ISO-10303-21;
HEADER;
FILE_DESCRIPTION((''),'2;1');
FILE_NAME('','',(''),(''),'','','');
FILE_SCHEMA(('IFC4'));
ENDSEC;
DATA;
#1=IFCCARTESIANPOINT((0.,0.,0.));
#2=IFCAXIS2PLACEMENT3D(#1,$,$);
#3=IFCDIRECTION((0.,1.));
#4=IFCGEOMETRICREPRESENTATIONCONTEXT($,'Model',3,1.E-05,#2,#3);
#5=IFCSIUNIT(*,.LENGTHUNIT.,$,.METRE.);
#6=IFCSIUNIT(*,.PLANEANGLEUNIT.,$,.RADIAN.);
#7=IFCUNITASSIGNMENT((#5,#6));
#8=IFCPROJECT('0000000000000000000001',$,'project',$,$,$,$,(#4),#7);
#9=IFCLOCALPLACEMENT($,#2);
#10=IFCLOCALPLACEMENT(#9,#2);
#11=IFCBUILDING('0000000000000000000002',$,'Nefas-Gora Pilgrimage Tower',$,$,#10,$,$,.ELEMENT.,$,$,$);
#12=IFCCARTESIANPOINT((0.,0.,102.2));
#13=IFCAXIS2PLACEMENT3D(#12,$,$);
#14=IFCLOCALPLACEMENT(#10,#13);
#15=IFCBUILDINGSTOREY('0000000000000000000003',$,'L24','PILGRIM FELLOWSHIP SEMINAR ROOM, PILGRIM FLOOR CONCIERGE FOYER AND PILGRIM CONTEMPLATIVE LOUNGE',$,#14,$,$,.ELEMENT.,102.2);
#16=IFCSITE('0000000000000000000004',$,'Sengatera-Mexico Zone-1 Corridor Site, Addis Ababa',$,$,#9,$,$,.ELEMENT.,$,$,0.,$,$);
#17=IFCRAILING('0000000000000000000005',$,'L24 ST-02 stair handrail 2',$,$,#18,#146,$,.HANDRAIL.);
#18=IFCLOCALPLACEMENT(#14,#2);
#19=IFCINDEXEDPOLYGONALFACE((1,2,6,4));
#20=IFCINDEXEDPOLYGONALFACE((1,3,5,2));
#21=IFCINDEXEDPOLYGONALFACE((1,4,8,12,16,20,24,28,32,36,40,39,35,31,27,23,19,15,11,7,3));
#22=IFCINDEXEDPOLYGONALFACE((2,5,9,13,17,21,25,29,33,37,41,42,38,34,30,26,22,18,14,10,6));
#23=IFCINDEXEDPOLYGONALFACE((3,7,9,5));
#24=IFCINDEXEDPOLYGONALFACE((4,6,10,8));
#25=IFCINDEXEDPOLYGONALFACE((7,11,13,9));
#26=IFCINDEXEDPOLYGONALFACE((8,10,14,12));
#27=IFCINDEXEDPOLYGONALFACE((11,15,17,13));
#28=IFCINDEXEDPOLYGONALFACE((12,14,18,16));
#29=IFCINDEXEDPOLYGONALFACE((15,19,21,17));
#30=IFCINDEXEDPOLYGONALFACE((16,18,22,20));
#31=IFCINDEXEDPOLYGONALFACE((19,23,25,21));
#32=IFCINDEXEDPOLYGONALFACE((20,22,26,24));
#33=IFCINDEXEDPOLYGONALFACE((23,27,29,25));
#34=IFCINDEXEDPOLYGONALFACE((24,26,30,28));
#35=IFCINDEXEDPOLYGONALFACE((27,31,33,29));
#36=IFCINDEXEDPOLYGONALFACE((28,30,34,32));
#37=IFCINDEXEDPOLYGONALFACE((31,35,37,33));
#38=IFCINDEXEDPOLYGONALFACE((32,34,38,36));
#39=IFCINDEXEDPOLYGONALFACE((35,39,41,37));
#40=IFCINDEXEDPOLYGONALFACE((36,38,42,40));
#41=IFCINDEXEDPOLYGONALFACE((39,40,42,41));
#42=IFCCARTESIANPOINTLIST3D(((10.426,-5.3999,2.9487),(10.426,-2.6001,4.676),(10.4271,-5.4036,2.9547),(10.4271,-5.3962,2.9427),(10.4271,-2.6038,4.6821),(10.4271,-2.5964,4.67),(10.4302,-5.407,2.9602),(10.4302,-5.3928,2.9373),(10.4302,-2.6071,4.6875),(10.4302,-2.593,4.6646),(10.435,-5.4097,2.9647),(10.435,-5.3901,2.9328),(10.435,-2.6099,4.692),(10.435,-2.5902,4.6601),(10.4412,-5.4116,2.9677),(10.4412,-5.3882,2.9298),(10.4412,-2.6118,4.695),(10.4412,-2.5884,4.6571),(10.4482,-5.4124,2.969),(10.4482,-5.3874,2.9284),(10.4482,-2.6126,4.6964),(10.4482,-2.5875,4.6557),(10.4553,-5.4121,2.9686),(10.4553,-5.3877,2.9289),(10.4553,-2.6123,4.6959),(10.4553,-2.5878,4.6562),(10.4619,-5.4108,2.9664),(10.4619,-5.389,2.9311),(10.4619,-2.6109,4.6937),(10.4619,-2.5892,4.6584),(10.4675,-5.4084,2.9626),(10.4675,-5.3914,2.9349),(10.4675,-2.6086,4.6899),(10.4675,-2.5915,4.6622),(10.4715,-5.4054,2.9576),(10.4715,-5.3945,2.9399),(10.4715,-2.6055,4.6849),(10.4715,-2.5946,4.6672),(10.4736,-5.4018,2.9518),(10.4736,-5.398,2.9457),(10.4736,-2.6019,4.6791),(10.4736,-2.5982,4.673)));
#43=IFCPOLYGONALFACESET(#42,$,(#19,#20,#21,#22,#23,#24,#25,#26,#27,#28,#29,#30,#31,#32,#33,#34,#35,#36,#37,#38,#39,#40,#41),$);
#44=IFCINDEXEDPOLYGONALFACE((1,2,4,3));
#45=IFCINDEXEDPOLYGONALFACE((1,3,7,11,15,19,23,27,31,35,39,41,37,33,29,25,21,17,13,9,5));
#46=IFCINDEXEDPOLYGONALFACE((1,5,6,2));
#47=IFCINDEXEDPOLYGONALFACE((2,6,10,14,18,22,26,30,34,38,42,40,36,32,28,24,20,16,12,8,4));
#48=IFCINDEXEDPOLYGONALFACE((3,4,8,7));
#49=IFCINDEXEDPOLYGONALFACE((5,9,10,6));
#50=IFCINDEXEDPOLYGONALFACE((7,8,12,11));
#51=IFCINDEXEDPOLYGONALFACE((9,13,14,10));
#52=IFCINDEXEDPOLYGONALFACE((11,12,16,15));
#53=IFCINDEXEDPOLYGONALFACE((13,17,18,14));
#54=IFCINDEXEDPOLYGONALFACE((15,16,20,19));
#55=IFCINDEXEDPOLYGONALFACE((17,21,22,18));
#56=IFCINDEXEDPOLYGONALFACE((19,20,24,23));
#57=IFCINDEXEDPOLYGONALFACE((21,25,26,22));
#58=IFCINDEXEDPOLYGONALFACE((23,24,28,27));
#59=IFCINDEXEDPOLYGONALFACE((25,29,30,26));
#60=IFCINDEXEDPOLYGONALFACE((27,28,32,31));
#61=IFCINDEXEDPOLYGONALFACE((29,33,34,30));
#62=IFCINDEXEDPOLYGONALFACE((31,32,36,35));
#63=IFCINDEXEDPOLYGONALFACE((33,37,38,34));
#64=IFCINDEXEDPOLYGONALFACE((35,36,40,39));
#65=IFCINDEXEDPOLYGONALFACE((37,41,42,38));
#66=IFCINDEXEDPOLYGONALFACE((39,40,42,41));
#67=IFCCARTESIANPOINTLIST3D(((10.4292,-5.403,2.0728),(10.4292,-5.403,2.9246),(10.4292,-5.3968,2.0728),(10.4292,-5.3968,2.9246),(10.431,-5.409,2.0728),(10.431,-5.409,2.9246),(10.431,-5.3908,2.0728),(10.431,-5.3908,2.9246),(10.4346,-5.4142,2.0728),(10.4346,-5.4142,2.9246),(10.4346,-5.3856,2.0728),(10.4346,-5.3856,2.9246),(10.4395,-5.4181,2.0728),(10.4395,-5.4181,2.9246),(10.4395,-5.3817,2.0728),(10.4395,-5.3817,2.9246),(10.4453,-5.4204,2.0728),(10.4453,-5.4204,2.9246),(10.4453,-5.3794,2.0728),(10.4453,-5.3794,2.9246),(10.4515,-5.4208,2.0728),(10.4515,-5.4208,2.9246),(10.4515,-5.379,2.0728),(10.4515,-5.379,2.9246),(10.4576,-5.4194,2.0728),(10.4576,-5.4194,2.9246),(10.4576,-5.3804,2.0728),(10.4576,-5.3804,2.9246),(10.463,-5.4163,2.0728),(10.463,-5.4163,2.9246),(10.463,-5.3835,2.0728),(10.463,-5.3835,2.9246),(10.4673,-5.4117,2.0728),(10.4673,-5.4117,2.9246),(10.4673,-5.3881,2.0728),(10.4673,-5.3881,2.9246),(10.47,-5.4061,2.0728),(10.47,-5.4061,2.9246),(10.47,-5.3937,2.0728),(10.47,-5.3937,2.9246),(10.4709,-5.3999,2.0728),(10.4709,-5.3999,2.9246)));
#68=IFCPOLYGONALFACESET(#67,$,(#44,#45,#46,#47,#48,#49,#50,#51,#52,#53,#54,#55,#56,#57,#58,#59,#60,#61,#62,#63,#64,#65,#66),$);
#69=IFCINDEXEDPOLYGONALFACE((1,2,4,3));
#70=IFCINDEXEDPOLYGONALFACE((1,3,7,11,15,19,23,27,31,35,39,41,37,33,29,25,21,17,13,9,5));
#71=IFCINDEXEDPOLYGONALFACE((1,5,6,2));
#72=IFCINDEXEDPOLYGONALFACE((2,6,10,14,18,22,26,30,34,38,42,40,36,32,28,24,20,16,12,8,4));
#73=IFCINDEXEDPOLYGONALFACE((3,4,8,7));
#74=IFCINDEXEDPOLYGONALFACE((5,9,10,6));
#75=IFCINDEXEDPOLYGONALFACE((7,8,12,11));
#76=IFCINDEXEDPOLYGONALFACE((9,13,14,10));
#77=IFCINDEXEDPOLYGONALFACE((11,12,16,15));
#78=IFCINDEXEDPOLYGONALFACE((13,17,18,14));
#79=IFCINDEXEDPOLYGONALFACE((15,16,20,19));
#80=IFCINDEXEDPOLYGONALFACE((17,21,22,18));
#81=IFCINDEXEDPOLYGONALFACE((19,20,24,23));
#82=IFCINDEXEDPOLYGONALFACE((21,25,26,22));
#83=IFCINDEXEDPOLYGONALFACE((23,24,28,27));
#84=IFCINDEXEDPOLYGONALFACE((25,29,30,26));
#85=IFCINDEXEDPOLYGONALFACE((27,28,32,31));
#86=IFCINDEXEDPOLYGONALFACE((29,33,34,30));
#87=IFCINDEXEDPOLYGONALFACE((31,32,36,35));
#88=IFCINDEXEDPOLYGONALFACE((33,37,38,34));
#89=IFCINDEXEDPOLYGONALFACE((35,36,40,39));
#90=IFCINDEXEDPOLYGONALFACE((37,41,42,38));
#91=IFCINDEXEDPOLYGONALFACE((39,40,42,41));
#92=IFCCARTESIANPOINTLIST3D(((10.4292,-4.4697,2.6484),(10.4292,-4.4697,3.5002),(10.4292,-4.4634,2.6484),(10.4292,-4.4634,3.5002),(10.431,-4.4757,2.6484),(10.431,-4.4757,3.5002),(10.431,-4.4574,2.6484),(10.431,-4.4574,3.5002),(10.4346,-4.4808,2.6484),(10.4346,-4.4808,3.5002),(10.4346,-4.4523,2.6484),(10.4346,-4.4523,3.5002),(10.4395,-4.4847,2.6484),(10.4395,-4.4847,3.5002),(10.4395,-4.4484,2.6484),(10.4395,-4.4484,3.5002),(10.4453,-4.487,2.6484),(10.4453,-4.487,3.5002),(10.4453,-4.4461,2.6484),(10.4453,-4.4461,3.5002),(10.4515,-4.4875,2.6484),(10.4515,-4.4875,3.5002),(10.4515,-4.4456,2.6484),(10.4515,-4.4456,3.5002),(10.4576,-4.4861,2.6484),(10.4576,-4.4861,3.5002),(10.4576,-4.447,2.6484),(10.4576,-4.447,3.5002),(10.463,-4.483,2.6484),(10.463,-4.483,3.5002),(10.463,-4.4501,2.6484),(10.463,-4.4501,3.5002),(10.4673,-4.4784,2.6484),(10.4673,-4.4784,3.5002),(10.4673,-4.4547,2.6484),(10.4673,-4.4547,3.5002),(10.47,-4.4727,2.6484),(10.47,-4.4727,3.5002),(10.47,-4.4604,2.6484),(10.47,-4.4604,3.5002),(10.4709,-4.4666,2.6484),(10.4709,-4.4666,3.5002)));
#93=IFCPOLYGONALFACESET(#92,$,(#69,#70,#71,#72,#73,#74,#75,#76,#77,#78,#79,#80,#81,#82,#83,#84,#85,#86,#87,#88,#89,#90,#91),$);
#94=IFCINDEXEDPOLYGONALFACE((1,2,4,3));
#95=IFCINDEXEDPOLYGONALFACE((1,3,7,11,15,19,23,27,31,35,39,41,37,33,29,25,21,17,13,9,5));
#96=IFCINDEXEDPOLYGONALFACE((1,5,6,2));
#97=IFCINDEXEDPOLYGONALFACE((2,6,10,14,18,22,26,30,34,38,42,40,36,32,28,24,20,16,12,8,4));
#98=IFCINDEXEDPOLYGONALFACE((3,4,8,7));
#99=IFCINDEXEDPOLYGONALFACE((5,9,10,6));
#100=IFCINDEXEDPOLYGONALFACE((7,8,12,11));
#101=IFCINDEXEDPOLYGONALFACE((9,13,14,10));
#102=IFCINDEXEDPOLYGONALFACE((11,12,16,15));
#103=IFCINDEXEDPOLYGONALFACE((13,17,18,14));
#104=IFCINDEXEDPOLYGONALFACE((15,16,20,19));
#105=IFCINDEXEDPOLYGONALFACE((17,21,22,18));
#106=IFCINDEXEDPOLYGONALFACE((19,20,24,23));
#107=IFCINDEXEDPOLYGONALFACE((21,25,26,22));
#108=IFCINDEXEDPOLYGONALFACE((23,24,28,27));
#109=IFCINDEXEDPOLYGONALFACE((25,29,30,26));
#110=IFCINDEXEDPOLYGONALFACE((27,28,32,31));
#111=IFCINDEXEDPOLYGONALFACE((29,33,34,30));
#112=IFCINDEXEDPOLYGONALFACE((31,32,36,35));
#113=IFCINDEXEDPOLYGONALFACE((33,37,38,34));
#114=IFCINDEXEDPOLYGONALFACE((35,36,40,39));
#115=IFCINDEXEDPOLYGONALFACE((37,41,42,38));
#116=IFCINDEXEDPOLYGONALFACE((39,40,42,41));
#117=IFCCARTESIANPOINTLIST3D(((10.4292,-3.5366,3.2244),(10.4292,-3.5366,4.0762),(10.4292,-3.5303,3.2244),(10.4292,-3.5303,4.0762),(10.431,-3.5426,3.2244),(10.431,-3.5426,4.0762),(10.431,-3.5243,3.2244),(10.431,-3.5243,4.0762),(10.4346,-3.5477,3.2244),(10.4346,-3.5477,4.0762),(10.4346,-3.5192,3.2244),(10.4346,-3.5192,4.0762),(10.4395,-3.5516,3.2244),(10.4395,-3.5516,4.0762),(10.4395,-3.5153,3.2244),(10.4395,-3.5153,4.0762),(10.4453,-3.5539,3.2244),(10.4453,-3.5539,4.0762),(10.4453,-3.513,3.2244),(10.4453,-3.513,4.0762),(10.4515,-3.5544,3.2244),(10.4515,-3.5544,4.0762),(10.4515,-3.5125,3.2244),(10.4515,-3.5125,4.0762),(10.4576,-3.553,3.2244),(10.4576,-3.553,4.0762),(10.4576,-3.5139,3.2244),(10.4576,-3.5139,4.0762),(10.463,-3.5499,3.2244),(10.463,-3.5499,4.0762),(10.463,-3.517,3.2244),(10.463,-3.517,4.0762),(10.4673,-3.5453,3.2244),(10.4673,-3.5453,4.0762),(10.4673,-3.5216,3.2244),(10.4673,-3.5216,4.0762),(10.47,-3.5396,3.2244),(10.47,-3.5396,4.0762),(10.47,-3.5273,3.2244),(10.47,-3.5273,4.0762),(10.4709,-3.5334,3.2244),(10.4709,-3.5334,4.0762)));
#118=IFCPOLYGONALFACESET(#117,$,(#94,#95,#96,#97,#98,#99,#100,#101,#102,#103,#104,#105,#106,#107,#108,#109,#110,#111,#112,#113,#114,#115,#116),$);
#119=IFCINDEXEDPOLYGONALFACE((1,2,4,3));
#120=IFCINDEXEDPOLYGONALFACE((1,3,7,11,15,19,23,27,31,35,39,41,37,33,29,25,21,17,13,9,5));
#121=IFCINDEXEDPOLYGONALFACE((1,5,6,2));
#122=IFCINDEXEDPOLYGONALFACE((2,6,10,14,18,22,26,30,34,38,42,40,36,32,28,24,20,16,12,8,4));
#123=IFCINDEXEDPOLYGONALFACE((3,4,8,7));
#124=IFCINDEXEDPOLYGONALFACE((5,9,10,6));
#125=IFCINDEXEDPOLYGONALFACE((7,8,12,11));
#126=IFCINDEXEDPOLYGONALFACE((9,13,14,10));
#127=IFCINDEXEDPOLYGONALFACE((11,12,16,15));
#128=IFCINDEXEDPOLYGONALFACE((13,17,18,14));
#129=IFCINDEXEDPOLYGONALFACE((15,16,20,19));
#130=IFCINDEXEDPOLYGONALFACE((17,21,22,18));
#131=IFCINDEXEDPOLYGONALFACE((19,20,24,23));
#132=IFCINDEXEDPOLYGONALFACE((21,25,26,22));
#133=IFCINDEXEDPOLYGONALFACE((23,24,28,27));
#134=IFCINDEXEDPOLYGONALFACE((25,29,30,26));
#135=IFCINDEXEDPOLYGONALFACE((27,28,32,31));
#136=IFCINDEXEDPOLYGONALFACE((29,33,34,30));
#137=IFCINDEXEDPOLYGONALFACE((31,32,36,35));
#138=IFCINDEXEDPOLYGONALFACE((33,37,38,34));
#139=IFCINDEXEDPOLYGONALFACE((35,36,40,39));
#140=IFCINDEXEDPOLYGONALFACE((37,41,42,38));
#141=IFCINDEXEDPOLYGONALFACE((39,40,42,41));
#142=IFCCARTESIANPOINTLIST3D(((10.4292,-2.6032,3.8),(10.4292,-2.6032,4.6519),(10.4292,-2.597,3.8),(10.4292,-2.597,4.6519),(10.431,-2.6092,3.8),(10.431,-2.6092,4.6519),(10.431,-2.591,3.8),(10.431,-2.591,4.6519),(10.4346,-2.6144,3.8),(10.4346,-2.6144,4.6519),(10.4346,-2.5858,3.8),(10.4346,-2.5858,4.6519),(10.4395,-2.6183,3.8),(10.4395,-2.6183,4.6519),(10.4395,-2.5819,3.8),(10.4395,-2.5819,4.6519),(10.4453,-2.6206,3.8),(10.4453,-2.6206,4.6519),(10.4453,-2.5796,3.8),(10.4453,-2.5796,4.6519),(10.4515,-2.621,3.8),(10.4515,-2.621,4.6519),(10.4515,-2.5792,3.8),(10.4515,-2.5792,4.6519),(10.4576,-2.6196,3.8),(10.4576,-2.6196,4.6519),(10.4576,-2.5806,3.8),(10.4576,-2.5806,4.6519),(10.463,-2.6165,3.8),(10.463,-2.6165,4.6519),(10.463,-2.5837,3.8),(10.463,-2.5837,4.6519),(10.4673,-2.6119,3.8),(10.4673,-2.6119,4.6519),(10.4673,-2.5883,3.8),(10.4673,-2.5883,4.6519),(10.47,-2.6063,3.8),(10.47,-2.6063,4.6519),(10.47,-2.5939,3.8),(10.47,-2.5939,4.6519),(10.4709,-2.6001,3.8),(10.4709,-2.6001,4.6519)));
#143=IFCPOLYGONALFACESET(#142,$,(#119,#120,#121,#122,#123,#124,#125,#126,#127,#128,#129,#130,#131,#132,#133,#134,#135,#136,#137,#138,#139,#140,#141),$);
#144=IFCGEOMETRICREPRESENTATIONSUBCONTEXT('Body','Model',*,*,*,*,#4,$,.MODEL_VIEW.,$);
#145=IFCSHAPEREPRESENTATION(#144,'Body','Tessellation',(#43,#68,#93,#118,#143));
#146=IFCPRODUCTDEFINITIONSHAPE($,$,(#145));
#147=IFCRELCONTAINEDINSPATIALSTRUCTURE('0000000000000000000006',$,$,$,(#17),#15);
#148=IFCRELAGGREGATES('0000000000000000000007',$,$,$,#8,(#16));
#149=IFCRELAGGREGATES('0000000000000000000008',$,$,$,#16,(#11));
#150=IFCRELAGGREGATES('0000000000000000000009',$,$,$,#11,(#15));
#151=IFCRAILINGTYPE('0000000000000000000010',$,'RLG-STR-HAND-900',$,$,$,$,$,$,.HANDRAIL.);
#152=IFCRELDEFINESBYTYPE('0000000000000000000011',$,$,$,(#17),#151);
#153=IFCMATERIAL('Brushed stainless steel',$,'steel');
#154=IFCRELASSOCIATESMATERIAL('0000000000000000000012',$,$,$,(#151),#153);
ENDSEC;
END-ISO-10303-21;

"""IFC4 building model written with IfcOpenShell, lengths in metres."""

from ifc_helpers import new_model, si_unit, direction, frame, origin, origin_2d, place, context, subcontext, project, spatial, circle, extrude, material, type_object, element, save


model = new_model("IFC4")

# Units and contexts
model_context = context("Model", 3, precision=1e-05, world=origin(), true_north=direction((0.0, 1.0)))
body_context = subcontext(model_context, "Body", "Model", "MODEL_VIEW")
ifc_project = project(units=[si_unit("LENGTHUNIT", "METRE"), si_unit("PLANEANGLEUNIT", "RADIAN")], contexts=[model_context])

# Site, building, storey
site_placement = place(None, origin())
site = spatial("IfcSite", under=ifc_project, at=site_placement, Name="Sengatera-Mexico Zone-1 Corridor Site, Addis Ababa", CompositionType="ELEMENT", RefElevation=0.0)
building_placement = place(site_placement, origin())
building = spatial("IfcBuilding", under=site, at=building_placement, Name="Nefas-Gora Pilgrimage Tower", CompositionType="ELEMENT")
storey_placement = place(building_placement, frame((0.0, 0.0, 102.2)))
storey = spatial("IfcBuildingStorey", under=building, at=storey_placement, Name="L24", Description="PILGRIM FELLOWSHIP SEMINAR ROOM, PILGRIM FLOOR CONCIERGE FOYER AND PILGRIM CONTEMPLATIVE LOUNGE", CompositionType="ELEMENT", Elevation=102.2)

# Railing
ifc_material_1 = material(Name="Brushed stainless steel", Category="steel")
railing_type_1 = type_object("IfcRailingType", Name="RLG-STR-HAND-900", PredefinedType="HANDRAIL", material=ifc_material_1)
railing_1_placement = place(storey_placement, frame((10.45, -5.3999, 2.0728)))
element("IfcRailing", 1, at=railing_1_placement, inside=storey, type_object=railing_type_1, Name="L24 ST-02 stair handrail 2", PredefinedType="HANDRAIL", context=body_context, shape_type="SweptSolid", body=[
    extrude(circle(Radius=0.0239, at=origin_2d()), frame((0.0, 0.0, 0.876), z_axis=(0.0, 0.851069, 0.525054), x_axis=(-1.0, 0.0, 0.0)), (0.0, 0.0, 1.0), 3.2898),
    extrude(circle(Radius=0.021, at=origin_2d()), origin(), (0.0, 0.0, 1.0), 0.8518),
    extrude(circle(Radius=0.021, at=origin_2d()), frame((0.0, 0.9333, 0.5757)), (0.0, 0.0, 1.0), 0.8518),
    extrude(circle(Radius=0.021, at=origin_2d()), frame((0.0, 1.8665, 1.1516)), (0.0, 0.0, 1.0), 0.8518),
    extrude(circle(Radius=0.021, at=origin_2d()), frame((0.0, 2.7998, 1.7273)), (0.0, 0.0, 1.0), 0.8518),
])

save(model, "model.ifc")
